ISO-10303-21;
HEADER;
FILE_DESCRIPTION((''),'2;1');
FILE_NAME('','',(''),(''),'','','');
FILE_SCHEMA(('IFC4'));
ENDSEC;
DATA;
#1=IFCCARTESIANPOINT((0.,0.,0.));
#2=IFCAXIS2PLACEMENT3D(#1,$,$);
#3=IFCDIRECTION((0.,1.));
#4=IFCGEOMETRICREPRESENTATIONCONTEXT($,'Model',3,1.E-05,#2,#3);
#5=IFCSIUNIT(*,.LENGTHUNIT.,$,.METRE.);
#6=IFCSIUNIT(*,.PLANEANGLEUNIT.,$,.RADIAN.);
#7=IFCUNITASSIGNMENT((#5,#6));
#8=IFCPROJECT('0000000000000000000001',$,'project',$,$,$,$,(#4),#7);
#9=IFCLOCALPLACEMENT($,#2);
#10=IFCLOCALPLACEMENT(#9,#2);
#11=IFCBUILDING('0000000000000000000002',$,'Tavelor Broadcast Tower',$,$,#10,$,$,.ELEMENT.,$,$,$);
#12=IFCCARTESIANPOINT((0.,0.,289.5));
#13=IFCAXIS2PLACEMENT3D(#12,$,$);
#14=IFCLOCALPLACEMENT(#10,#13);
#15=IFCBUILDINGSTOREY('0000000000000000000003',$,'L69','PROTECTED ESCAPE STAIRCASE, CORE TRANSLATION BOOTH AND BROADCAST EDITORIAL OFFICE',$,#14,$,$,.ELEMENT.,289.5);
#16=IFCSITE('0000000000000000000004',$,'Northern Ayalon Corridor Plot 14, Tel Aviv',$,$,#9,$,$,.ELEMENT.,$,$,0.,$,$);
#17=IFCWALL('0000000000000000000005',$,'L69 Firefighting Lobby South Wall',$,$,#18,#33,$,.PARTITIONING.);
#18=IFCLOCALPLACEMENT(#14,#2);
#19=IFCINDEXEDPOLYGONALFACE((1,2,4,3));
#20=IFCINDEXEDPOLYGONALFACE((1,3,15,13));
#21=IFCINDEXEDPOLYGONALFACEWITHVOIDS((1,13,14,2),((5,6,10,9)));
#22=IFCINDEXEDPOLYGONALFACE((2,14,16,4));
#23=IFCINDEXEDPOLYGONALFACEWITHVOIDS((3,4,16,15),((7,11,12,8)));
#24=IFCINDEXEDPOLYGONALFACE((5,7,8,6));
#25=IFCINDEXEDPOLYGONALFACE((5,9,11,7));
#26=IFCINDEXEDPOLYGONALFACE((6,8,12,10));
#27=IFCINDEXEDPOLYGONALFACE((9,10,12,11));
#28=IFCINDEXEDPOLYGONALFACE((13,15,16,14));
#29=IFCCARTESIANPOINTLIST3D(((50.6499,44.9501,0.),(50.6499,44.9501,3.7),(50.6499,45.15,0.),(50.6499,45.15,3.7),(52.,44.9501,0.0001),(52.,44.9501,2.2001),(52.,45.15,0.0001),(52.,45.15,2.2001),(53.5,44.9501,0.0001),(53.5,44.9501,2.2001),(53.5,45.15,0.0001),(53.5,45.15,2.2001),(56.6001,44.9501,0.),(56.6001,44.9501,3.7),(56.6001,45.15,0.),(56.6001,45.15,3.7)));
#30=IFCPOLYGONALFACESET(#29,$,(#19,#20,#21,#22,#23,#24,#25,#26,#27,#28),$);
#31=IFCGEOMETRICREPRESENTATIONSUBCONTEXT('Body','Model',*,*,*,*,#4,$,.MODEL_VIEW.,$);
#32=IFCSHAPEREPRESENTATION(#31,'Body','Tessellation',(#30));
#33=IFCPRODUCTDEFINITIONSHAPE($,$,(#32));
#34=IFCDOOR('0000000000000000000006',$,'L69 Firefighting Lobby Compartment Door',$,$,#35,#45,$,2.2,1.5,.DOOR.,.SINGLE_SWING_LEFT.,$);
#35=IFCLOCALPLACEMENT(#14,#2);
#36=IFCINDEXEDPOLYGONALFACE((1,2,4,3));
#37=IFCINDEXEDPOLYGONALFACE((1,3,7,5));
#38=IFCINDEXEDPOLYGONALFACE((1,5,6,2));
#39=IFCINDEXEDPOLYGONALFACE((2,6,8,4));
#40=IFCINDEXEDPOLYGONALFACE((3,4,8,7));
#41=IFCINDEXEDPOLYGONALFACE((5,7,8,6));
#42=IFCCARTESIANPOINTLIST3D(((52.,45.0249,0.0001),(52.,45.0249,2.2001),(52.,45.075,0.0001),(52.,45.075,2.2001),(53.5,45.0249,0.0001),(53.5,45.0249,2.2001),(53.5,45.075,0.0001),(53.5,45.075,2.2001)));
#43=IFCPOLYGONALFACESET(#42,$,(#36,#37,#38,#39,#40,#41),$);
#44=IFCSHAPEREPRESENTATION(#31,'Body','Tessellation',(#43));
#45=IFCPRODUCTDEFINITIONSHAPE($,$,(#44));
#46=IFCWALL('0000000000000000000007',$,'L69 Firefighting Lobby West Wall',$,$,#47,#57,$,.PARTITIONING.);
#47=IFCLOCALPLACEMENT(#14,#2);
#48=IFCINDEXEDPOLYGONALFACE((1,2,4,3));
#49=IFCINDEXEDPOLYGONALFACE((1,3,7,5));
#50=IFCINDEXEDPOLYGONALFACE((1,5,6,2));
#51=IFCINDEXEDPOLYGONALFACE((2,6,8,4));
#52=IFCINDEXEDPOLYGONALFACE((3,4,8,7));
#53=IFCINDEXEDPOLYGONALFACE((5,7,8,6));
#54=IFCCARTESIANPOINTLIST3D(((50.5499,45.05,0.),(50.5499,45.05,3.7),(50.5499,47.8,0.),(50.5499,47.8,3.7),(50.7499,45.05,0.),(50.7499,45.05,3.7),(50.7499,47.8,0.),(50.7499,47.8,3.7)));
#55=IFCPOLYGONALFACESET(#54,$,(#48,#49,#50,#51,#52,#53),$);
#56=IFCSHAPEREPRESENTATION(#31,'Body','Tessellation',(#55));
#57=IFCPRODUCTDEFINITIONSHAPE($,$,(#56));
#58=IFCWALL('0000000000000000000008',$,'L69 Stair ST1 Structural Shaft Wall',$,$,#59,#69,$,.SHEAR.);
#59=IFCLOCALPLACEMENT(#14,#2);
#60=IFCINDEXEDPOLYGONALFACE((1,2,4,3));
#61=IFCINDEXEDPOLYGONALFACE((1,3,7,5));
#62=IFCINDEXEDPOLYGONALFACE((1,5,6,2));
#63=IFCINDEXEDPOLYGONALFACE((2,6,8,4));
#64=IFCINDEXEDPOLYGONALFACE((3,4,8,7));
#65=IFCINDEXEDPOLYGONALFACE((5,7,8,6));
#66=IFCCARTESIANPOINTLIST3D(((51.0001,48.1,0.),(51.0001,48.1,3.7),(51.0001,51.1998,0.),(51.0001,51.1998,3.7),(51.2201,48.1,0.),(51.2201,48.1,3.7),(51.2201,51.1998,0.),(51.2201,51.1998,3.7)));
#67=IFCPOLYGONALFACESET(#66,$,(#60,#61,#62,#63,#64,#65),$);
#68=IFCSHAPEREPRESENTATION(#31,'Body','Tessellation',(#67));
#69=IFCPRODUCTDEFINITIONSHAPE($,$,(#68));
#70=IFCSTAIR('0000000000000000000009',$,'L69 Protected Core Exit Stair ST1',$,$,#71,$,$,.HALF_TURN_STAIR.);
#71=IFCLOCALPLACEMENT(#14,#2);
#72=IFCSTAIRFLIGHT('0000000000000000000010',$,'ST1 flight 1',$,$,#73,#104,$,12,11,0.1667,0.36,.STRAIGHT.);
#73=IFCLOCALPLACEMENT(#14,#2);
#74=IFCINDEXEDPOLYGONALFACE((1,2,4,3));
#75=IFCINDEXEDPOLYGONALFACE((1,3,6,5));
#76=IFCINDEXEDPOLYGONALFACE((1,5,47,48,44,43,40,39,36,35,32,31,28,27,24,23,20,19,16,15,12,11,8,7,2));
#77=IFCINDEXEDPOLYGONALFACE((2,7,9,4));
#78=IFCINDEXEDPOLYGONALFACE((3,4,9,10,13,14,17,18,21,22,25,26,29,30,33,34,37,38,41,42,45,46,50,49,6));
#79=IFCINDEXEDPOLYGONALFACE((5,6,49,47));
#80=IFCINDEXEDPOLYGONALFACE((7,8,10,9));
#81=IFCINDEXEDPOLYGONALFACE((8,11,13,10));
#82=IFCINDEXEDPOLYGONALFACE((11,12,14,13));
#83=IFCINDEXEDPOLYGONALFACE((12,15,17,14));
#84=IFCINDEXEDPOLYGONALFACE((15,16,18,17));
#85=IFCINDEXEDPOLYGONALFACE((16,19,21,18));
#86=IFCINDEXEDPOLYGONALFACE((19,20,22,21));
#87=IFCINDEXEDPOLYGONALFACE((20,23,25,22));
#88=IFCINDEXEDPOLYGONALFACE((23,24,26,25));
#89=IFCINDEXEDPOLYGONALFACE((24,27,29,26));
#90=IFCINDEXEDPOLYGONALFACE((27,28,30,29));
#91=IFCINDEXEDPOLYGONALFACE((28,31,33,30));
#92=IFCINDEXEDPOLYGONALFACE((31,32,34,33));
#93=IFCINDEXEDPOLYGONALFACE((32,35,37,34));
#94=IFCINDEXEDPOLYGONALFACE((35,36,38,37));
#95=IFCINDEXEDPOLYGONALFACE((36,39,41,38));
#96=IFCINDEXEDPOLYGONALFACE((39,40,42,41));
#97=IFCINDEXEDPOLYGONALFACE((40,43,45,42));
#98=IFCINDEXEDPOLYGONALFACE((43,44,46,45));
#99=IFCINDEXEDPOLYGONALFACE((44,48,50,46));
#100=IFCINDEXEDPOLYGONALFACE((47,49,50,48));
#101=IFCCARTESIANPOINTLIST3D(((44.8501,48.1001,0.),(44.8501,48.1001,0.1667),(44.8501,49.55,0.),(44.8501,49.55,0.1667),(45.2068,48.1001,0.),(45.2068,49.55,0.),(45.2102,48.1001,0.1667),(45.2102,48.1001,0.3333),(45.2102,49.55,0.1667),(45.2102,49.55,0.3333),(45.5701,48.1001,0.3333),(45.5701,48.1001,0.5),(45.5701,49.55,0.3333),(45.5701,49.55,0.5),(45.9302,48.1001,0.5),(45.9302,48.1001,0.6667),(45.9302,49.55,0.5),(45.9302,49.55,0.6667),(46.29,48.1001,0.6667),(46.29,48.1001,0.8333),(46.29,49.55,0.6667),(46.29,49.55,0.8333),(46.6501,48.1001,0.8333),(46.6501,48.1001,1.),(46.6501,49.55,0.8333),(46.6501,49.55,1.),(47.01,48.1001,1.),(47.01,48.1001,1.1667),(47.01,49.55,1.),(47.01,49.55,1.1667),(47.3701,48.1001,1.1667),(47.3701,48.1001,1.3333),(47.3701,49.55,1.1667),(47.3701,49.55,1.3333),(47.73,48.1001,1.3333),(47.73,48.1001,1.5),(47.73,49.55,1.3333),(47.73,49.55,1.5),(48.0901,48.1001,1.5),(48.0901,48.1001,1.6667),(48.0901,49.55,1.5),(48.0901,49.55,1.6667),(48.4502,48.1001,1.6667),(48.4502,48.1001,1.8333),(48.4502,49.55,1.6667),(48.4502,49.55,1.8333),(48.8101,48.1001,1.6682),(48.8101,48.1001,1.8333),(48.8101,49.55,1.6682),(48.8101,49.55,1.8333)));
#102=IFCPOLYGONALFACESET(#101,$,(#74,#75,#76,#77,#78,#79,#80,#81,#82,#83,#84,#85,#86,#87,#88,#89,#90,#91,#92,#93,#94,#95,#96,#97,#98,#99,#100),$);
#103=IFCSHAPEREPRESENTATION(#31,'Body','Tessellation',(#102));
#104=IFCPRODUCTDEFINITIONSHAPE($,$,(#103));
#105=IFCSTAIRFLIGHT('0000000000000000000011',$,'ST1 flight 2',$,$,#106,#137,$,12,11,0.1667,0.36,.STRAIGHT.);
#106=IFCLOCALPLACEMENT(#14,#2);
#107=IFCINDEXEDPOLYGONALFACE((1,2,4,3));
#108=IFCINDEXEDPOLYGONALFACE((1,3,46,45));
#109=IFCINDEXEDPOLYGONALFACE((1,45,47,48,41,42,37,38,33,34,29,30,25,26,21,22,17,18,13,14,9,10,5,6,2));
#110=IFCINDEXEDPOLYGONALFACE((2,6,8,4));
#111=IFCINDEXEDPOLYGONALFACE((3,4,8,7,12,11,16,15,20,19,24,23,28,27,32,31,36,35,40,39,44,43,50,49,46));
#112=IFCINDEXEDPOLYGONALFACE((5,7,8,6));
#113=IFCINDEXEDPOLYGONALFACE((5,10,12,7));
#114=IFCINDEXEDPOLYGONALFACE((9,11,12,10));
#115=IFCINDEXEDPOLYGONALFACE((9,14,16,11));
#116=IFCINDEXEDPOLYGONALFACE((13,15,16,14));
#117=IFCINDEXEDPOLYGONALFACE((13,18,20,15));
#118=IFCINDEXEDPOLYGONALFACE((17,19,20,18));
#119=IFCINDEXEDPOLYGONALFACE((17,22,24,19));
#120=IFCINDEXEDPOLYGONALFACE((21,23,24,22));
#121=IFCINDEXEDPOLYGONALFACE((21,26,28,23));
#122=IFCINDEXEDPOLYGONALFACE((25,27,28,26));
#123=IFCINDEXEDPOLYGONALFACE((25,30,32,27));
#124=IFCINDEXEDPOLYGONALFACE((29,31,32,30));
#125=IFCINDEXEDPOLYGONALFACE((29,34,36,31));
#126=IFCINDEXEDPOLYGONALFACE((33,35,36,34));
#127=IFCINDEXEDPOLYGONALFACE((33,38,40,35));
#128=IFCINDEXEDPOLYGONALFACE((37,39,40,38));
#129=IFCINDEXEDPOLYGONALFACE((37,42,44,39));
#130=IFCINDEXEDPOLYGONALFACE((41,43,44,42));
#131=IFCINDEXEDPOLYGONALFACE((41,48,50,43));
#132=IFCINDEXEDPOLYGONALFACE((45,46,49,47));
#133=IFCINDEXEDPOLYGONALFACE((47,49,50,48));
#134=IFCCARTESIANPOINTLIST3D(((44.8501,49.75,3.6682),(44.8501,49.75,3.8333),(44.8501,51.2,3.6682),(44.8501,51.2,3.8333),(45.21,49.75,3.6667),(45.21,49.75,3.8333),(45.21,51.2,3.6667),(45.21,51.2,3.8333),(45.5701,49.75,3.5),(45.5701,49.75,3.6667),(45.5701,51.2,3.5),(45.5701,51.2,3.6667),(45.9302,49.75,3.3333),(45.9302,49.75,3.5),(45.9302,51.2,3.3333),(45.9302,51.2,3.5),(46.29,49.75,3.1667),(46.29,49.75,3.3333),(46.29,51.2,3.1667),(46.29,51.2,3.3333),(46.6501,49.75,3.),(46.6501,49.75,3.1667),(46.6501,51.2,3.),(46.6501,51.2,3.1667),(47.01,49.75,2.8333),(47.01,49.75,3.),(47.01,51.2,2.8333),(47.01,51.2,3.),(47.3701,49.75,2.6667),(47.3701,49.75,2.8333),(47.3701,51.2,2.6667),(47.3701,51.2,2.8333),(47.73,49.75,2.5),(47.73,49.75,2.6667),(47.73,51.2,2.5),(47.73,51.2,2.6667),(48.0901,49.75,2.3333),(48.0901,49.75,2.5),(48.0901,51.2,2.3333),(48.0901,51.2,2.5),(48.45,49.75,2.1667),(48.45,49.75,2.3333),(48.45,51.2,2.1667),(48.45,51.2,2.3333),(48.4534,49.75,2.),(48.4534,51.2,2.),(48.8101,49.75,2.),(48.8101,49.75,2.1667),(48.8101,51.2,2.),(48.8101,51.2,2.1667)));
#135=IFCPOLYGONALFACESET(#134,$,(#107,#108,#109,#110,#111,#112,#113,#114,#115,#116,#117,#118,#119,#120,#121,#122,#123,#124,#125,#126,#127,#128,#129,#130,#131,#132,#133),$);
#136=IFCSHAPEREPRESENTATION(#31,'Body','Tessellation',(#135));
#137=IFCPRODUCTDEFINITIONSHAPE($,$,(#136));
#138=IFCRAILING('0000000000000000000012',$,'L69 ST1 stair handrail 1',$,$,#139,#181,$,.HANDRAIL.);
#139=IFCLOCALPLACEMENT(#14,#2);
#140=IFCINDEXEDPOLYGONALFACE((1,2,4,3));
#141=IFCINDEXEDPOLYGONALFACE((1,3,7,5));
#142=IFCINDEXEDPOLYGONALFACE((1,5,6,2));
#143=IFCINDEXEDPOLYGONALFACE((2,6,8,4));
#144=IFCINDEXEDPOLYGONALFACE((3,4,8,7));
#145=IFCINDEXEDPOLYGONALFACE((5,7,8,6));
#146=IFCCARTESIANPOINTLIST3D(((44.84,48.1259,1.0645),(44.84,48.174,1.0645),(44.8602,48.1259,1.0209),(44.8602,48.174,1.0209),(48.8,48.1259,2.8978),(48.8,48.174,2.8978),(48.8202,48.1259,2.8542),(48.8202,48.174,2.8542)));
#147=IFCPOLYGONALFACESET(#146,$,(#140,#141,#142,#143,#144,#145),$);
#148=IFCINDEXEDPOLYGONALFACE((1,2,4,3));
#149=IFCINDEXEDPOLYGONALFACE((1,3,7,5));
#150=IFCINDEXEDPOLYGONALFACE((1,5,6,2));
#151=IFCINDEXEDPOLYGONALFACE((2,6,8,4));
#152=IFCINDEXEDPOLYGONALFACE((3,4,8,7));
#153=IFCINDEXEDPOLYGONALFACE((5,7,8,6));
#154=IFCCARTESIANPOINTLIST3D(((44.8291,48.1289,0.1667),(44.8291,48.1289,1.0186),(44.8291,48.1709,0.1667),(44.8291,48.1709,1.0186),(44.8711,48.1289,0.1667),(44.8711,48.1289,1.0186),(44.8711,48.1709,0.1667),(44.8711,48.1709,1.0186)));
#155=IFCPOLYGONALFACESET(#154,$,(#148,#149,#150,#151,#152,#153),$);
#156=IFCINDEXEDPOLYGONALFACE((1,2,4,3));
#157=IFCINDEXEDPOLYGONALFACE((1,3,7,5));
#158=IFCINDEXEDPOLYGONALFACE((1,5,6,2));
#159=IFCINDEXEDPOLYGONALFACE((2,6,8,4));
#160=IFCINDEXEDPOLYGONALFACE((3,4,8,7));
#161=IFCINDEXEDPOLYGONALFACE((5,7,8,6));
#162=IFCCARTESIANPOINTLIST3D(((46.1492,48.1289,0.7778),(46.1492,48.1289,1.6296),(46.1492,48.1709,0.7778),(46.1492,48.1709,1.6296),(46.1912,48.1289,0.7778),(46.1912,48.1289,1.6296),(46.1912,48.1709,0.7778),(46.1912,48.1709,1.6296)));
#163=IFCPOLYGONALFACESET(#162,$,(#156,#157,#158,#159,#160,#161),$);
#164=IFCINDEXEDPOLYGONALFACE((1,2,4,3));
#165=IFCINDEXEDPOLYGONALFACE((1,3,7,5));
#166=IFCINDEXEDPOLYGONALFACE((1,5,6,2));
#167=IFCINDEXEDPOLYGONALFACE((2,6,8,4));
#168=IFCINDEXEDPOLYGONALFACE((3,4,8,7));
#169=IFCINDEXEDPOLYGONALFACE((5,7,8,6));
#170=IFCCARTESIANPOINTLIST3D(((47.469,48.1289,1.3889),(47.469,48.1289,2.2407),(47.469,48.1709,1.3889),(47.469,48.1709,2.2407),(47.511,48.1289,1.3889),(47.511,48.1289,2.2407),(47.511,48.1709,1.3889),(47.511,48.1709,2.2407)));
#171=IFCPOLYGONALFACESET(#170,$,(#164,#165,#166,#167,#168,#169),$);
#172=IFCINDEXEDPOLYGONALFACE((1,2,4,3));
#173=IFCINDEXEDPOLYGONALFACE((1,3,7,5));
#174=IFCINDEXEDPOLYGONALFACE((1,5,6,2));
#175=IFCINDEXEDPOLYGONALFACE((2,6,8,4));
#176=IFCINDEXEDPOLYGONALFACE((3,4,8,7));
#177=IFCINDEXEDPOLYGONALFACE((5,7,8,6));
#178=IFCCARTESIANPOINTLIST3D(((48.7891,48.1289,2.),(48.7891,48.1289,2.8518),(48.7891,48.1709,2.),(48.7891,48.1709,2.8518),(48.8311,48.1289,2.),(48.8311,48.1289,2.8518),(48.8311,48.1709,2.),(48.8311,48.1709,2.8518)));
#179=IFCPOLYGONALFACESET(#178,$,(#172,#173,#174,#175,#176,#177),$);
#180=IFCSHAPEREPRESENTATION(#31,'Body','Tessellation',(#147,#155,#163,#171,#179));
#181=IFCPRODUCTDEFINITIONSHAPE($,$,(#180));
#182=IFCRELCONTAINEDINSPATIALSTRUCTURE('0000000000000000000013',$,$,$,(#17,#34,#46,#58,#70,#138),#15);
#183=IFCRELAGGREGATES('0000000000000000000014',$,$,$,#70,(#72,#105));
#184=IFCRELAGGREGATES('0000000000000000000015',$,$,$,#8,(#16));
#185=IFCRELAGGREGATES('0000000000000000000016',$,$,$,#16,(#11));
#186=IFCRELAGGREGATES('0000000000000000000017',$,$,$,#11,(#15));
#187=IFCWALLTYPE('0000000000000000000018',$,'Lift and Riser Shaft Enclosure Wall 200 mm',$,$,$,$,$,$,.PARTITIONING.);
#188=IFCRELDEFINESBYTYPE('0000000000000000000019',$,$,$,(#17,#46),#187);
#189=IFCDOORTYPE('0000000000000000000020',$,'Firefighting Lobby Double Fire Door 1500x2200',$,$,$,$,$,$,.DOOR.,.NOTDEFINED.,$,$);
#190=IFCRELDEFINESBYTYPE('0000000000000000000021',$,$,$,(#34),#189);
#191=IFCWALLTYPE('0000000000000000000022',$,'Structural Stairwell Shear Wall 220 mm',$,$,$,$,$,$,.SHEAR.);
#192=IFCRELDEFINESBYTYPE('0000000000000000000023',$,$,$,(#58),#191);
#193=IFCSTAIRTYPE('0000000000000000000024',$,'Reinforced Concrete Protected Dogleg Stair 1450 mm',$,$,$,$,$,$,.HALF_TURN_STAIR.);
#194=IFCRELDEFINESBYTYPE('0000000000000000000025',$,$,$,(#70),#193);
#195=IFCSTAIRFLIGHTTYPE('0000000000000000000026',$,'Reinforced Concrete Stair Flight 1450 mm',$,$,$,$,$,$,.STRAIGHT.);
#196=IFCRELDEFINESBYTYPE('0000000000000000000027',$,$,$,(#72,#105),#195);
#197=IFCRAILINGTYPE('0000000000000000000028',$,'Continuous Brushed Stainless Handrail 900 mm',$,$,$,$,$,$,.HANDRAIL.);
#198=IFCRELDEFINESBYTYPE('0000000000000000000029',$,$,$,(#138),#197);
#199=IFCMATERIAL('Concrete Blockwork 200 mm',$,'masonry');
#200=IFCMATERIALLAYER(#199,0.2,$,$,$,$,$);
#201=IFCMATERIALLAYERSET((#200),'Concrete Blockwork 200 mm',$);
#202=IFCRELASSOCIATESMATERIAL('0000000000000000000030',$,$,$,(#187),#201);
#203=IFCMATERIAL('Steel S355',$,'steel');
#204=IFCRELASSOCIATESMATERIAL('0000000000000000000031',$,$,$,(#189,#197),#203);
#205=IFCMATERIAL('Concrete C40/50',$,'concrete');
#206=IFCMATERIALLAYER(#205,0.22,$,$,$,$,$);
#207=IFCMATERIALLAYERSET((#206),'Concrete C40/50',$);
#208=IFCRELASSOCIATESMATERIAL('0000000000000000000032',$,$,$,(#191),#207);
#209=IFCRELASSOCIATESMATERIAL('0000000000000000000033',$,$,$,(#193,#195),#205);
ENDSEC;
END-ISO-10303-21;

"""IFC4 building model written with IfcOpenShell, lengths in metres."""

from ifc_helpers import new_model, si_unit, direction, frame, frame_2d, origin, origin_2d, place, context, subcontext, project, spatial, polyline, rectangle, outline, extrude, material, layer, layer_set, type_object, element, fill, aggregate, save


model = new_model("IFC4")

# Units and contexts
model_context = context("Model", 3, precision=1e-05, world=origin(), true_north=direction((0.0, 1.0)))
body_context = subcontext(model_context, "Body", "Model", "MODEL_VIEW")
ifc_project = project(units=[si_unit("LENGTHUNIT", "METRE"), si_unit("PLANEANGLEUNIT", "RADIAN")], contexts=[model_context])

# Site, building, storey
site_placement = place(None, origin())
site = spatial("IfcSite", under=ifc_project, at=site_placement, Name="Northern Ayalon Corridor Plot 14, Tel Aviv", CompositionType="ELEMENT", RefElevation=0.0)
building_placement = place(site_placement, origin())
building = spatial("IfcBuilding", under=site, at=building_placement, Name="Tavelor Broadcast Tower", CompositionType="ELEMENT")
storey_placement = place(building_placement, frame((0.0, 0.0, 289.5)))
storey = spatial("IfcBuildingStorey", under=building, at=storey_placement, Name="L69", Description="PROTECTED ESCAPE STAIRCASE, CORE TRANSLATION BOOTH AND BROADCAST EDITORIAL OFFICE", CompositionType="ELEMENT", Elevation=289.5)

# Shared definitions
ifc_material_1 = material(Name="Steel S355", Category="steel")

# Shared definitions
ifc_material_2 = material(Name="Concrete Blockwork 200 mm", Category="masonry")

# Shared definitions
ifc_layer_1 = layer(ifc_material_2, 0.2)
ifc_layer_set_1 = layer_set([ifc_layer_1], Name="Concrete Blockwork 200 mm")
wall_type_1 = type_object("IfcWallType", Name="Lift and Riser Shaft Enclosure Wall 200 mm", PredefinedType="PARTITIONING", material=ifc_layer_set_1)

# Wall, opening, door
wall_1_placement = place(storey_placement, frame((50.6499, 45.05, 0.0), z_axis=(0.0, 0.0, 1.0), x_axis=(1.0, 0.0, 0.0)))
wall_1 = element("IfcWall", 1, at=wall_1_placement, inside=storey, type_object=wall_type_1, Name="L69 Firefighting Lobby South Wall", PredefinedType="PARTITIONING", context=body_context, shape_type="SweptSolid", body=[
    extrude(rectangle(XDim=5.9502, YDim=0.2, at=frame_2d((2.9751, 0.0))), origin(), (0.0, 0.0, 1.0), 3.7),
])
opening_1_placement = place(wall_1_placement, frame((1.3501, 0.0, 0.0)))
opening_1 = element("IfcOpeningElement", 2, at=opening_1_placement, cuts=wall_1, PredefinedType="OPENING", context=body_context, shape_type="SweptSolid", body=[
    extrude(rectangle(XDim=1.5, YDim=2.2, at=frame_2d((0.75, 1.1001))), frame((0.0, 0.1099, 0.0), z_axis=(0.0, -1.0, 0.0), x_axis=(1.0, 0.0, 0.0)), (0.0, 0.0, 1.0), 0.22),
])
door_type_1 = type_object("IfcDoorType", Name="Firefighting Lobby Double Fire Door 1500x2200", OperationType="NOTDEFINED", PredefinedType="DOOR", material=ifc_material_1)
door_1_placement = place(opening_1_placement, origin())
door_1 = element("IfcDoor", 3, at=door_1_placement, inside=storey, type_object=door_type_1, Name="L69 Firefighting Lobby Compartment Door", OperationType="SINGLE_SWING_LEFT", OverallHeight=2.2, OverallWidth=1.5, PredefinedType="DOOR", context=body_context, shape_type="SweptSolid", body=[
    extrude(rectangle(XDim=1.5, YDim=2.2, at=frame_2d((0.75, 1.1001))), frame((0.0, 0.0249, 0.0), z_axis=(0.0, -1.0, 0.0), x_axis=(1.0, 0.0, 0.0)), (0.0, 0.0, 1.0), 0.05),
])
fill(opening_1, door_1)

# Walls
wall_2_placement = place(storey_placement, frame((50.6499, 45.05, 0.0), z_axis=(0.0, 0.0, 1.0), x_axis=(0.0, 1.0, 0.0)))
element("IfcWall", 4, at=wall_2_placement, inside=storey, type_object=wall_type_1, Name="L69 Firefighting Lobby West Wall", PredefinedType="PARTITIONING", context=body_context, shape_type="SweptSolid", body=[
    extrude(rectangle(XDim=2.75, YDim=0.2, at=frame_2d((1.375, 0.0))), origin(), (0.0, 0.0, 1.0), 3.7),
])
ifc_material_3 = material(Name="Concrete C40/50", Category="concrete")
ifc_layer_2 = layer(ifc_material_3, 0.22)
ifc_layer_set_2 = layer_set([ifc_layer_2], Name="Concrete C40/50")
wall_type_2 = type_object("IfcWallType", Name="Structural Stairwell Shear Wall 220 mm", PredefinedType="SHEAR", material=ifc_layer_set_2)
wall_3_placement = place(storey_placement, frame((51.1101, 48.1001, 0.0), z_axis=(0.0, 0.0, 1.0), x_axis=(0.0, 1.0, 0.0)))
element("IfcWall", 5, at=wall_3_placement, inside=storey, type_object=wall_type_2, Name="L69 Stair ST1 Structural Shaft Wall", PredefinedType="SHEAR", context=body_context, shape_type="SweptSolid", body=[
    extrude(rectangle(XDim=3.0999, YDim=0.22, at=frame_2d((1.5498, 0.0))), origin(), (0.0, 0.0, 1.0), 3.7),
])

# Stair, stair flights
stair_type = type_object("IfcStairType", Name="Reinforced Concrete Protected Dogleg Stair 1450 mm", PredefinedType="HALF_TURN_STAIR", material=ifc_material_3)
stair_placement = place(storey_placement, origin())
stair = element("IfcStair", 6, at=stair_placement, inside=storey, type_object=stair_type, Name="L69 Protected Core Exit Stair ST1", PredefinedType="HALF_TURN_STAIR")
stair_flight_type = type_object("IfcStairFlightType", Name="Reinforced Concrete Stair Flight 1450 mm", PredefinedType="STRAIGHT", material=ifc_material_3)
stair_flight_1_placement = place(storey_placement, frame((44.8501, 48.825, 0.0), z_axis=(0.0, 0.0, 1.0), x_axis=(1.0, 0.0, 0.0)))
stair_flight_1 = element("IfcStairFlight", 7, at=stair_flight_1_placement, type_object=stair_flight_type, Name="ST1 flight 1", NumberOfRisers=12, NumberOfTreads=11, PredefinedType="STRAIGHT", RiserHeight=0.1667, TreadLength=0.36, context=body_context, shape_type="SweptSolid", body=[
    extrude(outline(polyline([(0.0, 0.0), (0.0, 0.1667), (0.3601, 0.1667), (0.3601, 0.3333), (0.72, 0.3333), (0.72, 0.5), (1.0801, 0.5), (1.0801, 0.6667), (1.4399, 0.6667), (1.4399, 0.8333), (1.8, 0.8333), (1.8, 1.0), (2.1599, 1.0), (2.1599, 1.1667), (2.52, 1.1667), (2.52, 1.3333), (2.8799, 1.3333), (2.8799, 1.5), (3.24, 1.5), (3.24, 1.6667), (3.6001, 1.6667), (3.6001, 1.8333), (3.96, 1.8333), (3.96, 2.0), (3.96, 1.6682), (0.3567, 0.0), (0.0, 0.0)])), frame((0.0, 0.7251, 0.0), z_axis=(0.0, -1.0, 0.0), x_axis=(1.0, 0.0, 0.0)), (0.0, 0.0, 1.0), 1.45),
])
stair_flight_2_placement = place(storey_placement, frame((48.8101, 50.4751, 2.0), z_axis=(0.0, 0.0, 1.0), x_axis=(-1.0, 0.0, 0.0)))
stair_flight_2 = element("IfcStairFlight", 8, at=stair_flight_2_placement, type_object=stair_flight_type, Name="ST1 flight 2", NumberOfRisers=12, NumberOfTreads=11, PredefinedType="STRAIGHT", RiserHeight=0.1667, TreadLength=0.36, context=body_context, shape_type="SweptSolid", body=[
    extrude(outline(polyline([(0.0, 0.0), (0.0, 0.1667), (0.3601, 0.1667), (0.3601, 0.3333), (0.72, 0.3333), (0.72, 0.5), (1.0801, 0.5), (1.0801, 0.6667), (1.4399, 0.6667), (1.4399, 0.8333), (1.8, 0.8333), (1.8, 1.0), (2.1599, 1.0), (2.1599, 1.1667), (2.52, 1.1667), (2.52, 1.3333), (2.8799, 1.3333), (2.8799, 1.5), (3.24, 1.5), (3.24, 1.6667), (3.6001, 1.6667), (3.6001, 1.8333), (3.96, 1.8333), (3.96, 2.0), (3.96, 1.6682), (0.3567, 0.0), (0.0, 0.0)])), frame((0.0, 0.7251, 0.0), z_axis=(0.0, -1.0, 0.0), x_axis=(1.0, 0.0, 0.0)), (0.0, 0.0, 1.0), 1.45),
])
aggregate(stair, [stair_flight_1, stair_flight_2])

# Railing
railing_type_1 = type_object("IfcRailingType", Name="Continuous Brushed Stainless Handrail 900 mm", PredefinedType="HANDRAIL", material=ifc_material_1)
railing_1_placement = place(storey_placement, frame((44.8501, 48.1499, 0.1667)))
element("IfcRailing", 9, at=railing_1_placement, inside=storey, type_object=railing_type_1, Name="L69 ST1 stair handrail 1", PredefinedType="HANDRAIL", context=body_context, shape_type="SweptSolid", body=[
    extrude(rectangle(XDim=0.0481, YDim=0.0481, at=origin_2d()), frame((0.0, 0.0, 0.876), z_axis=(0.907472, 0.0, 0.420112), x_axis=(0.0, 1.0, 0.0)), (0.0, 0.0, 1.0), 4.3638),
    extrude(rectangle(XDim=0.042, YDim=0.042, at=origin_2d()), origin(), (0.0, 0.0, 1.0), 0.8518),
    extrude(rectangle(XDim=0.042, YDim=0.042, at=origin_2d()), frame((1.3201, 0.0, 0.6111)), (0.0, 0.0, 1.0), 0.8518),
    extrude(rectangle(XDim=0.042, YDim=0.042, at=origin_2d()), frame((2.6399, 0.0, 1.2222)), (0.0, 0.0, 1.0), 0.8518),
    extrude(rectangle(XDim=0.042, YDim=0.042, at=origin_2d()), frame((3.96, 0.0, 1.8333)), (0.0, 0.0, 1.0), 0.8518),
])

save(model, "model.ifc")
